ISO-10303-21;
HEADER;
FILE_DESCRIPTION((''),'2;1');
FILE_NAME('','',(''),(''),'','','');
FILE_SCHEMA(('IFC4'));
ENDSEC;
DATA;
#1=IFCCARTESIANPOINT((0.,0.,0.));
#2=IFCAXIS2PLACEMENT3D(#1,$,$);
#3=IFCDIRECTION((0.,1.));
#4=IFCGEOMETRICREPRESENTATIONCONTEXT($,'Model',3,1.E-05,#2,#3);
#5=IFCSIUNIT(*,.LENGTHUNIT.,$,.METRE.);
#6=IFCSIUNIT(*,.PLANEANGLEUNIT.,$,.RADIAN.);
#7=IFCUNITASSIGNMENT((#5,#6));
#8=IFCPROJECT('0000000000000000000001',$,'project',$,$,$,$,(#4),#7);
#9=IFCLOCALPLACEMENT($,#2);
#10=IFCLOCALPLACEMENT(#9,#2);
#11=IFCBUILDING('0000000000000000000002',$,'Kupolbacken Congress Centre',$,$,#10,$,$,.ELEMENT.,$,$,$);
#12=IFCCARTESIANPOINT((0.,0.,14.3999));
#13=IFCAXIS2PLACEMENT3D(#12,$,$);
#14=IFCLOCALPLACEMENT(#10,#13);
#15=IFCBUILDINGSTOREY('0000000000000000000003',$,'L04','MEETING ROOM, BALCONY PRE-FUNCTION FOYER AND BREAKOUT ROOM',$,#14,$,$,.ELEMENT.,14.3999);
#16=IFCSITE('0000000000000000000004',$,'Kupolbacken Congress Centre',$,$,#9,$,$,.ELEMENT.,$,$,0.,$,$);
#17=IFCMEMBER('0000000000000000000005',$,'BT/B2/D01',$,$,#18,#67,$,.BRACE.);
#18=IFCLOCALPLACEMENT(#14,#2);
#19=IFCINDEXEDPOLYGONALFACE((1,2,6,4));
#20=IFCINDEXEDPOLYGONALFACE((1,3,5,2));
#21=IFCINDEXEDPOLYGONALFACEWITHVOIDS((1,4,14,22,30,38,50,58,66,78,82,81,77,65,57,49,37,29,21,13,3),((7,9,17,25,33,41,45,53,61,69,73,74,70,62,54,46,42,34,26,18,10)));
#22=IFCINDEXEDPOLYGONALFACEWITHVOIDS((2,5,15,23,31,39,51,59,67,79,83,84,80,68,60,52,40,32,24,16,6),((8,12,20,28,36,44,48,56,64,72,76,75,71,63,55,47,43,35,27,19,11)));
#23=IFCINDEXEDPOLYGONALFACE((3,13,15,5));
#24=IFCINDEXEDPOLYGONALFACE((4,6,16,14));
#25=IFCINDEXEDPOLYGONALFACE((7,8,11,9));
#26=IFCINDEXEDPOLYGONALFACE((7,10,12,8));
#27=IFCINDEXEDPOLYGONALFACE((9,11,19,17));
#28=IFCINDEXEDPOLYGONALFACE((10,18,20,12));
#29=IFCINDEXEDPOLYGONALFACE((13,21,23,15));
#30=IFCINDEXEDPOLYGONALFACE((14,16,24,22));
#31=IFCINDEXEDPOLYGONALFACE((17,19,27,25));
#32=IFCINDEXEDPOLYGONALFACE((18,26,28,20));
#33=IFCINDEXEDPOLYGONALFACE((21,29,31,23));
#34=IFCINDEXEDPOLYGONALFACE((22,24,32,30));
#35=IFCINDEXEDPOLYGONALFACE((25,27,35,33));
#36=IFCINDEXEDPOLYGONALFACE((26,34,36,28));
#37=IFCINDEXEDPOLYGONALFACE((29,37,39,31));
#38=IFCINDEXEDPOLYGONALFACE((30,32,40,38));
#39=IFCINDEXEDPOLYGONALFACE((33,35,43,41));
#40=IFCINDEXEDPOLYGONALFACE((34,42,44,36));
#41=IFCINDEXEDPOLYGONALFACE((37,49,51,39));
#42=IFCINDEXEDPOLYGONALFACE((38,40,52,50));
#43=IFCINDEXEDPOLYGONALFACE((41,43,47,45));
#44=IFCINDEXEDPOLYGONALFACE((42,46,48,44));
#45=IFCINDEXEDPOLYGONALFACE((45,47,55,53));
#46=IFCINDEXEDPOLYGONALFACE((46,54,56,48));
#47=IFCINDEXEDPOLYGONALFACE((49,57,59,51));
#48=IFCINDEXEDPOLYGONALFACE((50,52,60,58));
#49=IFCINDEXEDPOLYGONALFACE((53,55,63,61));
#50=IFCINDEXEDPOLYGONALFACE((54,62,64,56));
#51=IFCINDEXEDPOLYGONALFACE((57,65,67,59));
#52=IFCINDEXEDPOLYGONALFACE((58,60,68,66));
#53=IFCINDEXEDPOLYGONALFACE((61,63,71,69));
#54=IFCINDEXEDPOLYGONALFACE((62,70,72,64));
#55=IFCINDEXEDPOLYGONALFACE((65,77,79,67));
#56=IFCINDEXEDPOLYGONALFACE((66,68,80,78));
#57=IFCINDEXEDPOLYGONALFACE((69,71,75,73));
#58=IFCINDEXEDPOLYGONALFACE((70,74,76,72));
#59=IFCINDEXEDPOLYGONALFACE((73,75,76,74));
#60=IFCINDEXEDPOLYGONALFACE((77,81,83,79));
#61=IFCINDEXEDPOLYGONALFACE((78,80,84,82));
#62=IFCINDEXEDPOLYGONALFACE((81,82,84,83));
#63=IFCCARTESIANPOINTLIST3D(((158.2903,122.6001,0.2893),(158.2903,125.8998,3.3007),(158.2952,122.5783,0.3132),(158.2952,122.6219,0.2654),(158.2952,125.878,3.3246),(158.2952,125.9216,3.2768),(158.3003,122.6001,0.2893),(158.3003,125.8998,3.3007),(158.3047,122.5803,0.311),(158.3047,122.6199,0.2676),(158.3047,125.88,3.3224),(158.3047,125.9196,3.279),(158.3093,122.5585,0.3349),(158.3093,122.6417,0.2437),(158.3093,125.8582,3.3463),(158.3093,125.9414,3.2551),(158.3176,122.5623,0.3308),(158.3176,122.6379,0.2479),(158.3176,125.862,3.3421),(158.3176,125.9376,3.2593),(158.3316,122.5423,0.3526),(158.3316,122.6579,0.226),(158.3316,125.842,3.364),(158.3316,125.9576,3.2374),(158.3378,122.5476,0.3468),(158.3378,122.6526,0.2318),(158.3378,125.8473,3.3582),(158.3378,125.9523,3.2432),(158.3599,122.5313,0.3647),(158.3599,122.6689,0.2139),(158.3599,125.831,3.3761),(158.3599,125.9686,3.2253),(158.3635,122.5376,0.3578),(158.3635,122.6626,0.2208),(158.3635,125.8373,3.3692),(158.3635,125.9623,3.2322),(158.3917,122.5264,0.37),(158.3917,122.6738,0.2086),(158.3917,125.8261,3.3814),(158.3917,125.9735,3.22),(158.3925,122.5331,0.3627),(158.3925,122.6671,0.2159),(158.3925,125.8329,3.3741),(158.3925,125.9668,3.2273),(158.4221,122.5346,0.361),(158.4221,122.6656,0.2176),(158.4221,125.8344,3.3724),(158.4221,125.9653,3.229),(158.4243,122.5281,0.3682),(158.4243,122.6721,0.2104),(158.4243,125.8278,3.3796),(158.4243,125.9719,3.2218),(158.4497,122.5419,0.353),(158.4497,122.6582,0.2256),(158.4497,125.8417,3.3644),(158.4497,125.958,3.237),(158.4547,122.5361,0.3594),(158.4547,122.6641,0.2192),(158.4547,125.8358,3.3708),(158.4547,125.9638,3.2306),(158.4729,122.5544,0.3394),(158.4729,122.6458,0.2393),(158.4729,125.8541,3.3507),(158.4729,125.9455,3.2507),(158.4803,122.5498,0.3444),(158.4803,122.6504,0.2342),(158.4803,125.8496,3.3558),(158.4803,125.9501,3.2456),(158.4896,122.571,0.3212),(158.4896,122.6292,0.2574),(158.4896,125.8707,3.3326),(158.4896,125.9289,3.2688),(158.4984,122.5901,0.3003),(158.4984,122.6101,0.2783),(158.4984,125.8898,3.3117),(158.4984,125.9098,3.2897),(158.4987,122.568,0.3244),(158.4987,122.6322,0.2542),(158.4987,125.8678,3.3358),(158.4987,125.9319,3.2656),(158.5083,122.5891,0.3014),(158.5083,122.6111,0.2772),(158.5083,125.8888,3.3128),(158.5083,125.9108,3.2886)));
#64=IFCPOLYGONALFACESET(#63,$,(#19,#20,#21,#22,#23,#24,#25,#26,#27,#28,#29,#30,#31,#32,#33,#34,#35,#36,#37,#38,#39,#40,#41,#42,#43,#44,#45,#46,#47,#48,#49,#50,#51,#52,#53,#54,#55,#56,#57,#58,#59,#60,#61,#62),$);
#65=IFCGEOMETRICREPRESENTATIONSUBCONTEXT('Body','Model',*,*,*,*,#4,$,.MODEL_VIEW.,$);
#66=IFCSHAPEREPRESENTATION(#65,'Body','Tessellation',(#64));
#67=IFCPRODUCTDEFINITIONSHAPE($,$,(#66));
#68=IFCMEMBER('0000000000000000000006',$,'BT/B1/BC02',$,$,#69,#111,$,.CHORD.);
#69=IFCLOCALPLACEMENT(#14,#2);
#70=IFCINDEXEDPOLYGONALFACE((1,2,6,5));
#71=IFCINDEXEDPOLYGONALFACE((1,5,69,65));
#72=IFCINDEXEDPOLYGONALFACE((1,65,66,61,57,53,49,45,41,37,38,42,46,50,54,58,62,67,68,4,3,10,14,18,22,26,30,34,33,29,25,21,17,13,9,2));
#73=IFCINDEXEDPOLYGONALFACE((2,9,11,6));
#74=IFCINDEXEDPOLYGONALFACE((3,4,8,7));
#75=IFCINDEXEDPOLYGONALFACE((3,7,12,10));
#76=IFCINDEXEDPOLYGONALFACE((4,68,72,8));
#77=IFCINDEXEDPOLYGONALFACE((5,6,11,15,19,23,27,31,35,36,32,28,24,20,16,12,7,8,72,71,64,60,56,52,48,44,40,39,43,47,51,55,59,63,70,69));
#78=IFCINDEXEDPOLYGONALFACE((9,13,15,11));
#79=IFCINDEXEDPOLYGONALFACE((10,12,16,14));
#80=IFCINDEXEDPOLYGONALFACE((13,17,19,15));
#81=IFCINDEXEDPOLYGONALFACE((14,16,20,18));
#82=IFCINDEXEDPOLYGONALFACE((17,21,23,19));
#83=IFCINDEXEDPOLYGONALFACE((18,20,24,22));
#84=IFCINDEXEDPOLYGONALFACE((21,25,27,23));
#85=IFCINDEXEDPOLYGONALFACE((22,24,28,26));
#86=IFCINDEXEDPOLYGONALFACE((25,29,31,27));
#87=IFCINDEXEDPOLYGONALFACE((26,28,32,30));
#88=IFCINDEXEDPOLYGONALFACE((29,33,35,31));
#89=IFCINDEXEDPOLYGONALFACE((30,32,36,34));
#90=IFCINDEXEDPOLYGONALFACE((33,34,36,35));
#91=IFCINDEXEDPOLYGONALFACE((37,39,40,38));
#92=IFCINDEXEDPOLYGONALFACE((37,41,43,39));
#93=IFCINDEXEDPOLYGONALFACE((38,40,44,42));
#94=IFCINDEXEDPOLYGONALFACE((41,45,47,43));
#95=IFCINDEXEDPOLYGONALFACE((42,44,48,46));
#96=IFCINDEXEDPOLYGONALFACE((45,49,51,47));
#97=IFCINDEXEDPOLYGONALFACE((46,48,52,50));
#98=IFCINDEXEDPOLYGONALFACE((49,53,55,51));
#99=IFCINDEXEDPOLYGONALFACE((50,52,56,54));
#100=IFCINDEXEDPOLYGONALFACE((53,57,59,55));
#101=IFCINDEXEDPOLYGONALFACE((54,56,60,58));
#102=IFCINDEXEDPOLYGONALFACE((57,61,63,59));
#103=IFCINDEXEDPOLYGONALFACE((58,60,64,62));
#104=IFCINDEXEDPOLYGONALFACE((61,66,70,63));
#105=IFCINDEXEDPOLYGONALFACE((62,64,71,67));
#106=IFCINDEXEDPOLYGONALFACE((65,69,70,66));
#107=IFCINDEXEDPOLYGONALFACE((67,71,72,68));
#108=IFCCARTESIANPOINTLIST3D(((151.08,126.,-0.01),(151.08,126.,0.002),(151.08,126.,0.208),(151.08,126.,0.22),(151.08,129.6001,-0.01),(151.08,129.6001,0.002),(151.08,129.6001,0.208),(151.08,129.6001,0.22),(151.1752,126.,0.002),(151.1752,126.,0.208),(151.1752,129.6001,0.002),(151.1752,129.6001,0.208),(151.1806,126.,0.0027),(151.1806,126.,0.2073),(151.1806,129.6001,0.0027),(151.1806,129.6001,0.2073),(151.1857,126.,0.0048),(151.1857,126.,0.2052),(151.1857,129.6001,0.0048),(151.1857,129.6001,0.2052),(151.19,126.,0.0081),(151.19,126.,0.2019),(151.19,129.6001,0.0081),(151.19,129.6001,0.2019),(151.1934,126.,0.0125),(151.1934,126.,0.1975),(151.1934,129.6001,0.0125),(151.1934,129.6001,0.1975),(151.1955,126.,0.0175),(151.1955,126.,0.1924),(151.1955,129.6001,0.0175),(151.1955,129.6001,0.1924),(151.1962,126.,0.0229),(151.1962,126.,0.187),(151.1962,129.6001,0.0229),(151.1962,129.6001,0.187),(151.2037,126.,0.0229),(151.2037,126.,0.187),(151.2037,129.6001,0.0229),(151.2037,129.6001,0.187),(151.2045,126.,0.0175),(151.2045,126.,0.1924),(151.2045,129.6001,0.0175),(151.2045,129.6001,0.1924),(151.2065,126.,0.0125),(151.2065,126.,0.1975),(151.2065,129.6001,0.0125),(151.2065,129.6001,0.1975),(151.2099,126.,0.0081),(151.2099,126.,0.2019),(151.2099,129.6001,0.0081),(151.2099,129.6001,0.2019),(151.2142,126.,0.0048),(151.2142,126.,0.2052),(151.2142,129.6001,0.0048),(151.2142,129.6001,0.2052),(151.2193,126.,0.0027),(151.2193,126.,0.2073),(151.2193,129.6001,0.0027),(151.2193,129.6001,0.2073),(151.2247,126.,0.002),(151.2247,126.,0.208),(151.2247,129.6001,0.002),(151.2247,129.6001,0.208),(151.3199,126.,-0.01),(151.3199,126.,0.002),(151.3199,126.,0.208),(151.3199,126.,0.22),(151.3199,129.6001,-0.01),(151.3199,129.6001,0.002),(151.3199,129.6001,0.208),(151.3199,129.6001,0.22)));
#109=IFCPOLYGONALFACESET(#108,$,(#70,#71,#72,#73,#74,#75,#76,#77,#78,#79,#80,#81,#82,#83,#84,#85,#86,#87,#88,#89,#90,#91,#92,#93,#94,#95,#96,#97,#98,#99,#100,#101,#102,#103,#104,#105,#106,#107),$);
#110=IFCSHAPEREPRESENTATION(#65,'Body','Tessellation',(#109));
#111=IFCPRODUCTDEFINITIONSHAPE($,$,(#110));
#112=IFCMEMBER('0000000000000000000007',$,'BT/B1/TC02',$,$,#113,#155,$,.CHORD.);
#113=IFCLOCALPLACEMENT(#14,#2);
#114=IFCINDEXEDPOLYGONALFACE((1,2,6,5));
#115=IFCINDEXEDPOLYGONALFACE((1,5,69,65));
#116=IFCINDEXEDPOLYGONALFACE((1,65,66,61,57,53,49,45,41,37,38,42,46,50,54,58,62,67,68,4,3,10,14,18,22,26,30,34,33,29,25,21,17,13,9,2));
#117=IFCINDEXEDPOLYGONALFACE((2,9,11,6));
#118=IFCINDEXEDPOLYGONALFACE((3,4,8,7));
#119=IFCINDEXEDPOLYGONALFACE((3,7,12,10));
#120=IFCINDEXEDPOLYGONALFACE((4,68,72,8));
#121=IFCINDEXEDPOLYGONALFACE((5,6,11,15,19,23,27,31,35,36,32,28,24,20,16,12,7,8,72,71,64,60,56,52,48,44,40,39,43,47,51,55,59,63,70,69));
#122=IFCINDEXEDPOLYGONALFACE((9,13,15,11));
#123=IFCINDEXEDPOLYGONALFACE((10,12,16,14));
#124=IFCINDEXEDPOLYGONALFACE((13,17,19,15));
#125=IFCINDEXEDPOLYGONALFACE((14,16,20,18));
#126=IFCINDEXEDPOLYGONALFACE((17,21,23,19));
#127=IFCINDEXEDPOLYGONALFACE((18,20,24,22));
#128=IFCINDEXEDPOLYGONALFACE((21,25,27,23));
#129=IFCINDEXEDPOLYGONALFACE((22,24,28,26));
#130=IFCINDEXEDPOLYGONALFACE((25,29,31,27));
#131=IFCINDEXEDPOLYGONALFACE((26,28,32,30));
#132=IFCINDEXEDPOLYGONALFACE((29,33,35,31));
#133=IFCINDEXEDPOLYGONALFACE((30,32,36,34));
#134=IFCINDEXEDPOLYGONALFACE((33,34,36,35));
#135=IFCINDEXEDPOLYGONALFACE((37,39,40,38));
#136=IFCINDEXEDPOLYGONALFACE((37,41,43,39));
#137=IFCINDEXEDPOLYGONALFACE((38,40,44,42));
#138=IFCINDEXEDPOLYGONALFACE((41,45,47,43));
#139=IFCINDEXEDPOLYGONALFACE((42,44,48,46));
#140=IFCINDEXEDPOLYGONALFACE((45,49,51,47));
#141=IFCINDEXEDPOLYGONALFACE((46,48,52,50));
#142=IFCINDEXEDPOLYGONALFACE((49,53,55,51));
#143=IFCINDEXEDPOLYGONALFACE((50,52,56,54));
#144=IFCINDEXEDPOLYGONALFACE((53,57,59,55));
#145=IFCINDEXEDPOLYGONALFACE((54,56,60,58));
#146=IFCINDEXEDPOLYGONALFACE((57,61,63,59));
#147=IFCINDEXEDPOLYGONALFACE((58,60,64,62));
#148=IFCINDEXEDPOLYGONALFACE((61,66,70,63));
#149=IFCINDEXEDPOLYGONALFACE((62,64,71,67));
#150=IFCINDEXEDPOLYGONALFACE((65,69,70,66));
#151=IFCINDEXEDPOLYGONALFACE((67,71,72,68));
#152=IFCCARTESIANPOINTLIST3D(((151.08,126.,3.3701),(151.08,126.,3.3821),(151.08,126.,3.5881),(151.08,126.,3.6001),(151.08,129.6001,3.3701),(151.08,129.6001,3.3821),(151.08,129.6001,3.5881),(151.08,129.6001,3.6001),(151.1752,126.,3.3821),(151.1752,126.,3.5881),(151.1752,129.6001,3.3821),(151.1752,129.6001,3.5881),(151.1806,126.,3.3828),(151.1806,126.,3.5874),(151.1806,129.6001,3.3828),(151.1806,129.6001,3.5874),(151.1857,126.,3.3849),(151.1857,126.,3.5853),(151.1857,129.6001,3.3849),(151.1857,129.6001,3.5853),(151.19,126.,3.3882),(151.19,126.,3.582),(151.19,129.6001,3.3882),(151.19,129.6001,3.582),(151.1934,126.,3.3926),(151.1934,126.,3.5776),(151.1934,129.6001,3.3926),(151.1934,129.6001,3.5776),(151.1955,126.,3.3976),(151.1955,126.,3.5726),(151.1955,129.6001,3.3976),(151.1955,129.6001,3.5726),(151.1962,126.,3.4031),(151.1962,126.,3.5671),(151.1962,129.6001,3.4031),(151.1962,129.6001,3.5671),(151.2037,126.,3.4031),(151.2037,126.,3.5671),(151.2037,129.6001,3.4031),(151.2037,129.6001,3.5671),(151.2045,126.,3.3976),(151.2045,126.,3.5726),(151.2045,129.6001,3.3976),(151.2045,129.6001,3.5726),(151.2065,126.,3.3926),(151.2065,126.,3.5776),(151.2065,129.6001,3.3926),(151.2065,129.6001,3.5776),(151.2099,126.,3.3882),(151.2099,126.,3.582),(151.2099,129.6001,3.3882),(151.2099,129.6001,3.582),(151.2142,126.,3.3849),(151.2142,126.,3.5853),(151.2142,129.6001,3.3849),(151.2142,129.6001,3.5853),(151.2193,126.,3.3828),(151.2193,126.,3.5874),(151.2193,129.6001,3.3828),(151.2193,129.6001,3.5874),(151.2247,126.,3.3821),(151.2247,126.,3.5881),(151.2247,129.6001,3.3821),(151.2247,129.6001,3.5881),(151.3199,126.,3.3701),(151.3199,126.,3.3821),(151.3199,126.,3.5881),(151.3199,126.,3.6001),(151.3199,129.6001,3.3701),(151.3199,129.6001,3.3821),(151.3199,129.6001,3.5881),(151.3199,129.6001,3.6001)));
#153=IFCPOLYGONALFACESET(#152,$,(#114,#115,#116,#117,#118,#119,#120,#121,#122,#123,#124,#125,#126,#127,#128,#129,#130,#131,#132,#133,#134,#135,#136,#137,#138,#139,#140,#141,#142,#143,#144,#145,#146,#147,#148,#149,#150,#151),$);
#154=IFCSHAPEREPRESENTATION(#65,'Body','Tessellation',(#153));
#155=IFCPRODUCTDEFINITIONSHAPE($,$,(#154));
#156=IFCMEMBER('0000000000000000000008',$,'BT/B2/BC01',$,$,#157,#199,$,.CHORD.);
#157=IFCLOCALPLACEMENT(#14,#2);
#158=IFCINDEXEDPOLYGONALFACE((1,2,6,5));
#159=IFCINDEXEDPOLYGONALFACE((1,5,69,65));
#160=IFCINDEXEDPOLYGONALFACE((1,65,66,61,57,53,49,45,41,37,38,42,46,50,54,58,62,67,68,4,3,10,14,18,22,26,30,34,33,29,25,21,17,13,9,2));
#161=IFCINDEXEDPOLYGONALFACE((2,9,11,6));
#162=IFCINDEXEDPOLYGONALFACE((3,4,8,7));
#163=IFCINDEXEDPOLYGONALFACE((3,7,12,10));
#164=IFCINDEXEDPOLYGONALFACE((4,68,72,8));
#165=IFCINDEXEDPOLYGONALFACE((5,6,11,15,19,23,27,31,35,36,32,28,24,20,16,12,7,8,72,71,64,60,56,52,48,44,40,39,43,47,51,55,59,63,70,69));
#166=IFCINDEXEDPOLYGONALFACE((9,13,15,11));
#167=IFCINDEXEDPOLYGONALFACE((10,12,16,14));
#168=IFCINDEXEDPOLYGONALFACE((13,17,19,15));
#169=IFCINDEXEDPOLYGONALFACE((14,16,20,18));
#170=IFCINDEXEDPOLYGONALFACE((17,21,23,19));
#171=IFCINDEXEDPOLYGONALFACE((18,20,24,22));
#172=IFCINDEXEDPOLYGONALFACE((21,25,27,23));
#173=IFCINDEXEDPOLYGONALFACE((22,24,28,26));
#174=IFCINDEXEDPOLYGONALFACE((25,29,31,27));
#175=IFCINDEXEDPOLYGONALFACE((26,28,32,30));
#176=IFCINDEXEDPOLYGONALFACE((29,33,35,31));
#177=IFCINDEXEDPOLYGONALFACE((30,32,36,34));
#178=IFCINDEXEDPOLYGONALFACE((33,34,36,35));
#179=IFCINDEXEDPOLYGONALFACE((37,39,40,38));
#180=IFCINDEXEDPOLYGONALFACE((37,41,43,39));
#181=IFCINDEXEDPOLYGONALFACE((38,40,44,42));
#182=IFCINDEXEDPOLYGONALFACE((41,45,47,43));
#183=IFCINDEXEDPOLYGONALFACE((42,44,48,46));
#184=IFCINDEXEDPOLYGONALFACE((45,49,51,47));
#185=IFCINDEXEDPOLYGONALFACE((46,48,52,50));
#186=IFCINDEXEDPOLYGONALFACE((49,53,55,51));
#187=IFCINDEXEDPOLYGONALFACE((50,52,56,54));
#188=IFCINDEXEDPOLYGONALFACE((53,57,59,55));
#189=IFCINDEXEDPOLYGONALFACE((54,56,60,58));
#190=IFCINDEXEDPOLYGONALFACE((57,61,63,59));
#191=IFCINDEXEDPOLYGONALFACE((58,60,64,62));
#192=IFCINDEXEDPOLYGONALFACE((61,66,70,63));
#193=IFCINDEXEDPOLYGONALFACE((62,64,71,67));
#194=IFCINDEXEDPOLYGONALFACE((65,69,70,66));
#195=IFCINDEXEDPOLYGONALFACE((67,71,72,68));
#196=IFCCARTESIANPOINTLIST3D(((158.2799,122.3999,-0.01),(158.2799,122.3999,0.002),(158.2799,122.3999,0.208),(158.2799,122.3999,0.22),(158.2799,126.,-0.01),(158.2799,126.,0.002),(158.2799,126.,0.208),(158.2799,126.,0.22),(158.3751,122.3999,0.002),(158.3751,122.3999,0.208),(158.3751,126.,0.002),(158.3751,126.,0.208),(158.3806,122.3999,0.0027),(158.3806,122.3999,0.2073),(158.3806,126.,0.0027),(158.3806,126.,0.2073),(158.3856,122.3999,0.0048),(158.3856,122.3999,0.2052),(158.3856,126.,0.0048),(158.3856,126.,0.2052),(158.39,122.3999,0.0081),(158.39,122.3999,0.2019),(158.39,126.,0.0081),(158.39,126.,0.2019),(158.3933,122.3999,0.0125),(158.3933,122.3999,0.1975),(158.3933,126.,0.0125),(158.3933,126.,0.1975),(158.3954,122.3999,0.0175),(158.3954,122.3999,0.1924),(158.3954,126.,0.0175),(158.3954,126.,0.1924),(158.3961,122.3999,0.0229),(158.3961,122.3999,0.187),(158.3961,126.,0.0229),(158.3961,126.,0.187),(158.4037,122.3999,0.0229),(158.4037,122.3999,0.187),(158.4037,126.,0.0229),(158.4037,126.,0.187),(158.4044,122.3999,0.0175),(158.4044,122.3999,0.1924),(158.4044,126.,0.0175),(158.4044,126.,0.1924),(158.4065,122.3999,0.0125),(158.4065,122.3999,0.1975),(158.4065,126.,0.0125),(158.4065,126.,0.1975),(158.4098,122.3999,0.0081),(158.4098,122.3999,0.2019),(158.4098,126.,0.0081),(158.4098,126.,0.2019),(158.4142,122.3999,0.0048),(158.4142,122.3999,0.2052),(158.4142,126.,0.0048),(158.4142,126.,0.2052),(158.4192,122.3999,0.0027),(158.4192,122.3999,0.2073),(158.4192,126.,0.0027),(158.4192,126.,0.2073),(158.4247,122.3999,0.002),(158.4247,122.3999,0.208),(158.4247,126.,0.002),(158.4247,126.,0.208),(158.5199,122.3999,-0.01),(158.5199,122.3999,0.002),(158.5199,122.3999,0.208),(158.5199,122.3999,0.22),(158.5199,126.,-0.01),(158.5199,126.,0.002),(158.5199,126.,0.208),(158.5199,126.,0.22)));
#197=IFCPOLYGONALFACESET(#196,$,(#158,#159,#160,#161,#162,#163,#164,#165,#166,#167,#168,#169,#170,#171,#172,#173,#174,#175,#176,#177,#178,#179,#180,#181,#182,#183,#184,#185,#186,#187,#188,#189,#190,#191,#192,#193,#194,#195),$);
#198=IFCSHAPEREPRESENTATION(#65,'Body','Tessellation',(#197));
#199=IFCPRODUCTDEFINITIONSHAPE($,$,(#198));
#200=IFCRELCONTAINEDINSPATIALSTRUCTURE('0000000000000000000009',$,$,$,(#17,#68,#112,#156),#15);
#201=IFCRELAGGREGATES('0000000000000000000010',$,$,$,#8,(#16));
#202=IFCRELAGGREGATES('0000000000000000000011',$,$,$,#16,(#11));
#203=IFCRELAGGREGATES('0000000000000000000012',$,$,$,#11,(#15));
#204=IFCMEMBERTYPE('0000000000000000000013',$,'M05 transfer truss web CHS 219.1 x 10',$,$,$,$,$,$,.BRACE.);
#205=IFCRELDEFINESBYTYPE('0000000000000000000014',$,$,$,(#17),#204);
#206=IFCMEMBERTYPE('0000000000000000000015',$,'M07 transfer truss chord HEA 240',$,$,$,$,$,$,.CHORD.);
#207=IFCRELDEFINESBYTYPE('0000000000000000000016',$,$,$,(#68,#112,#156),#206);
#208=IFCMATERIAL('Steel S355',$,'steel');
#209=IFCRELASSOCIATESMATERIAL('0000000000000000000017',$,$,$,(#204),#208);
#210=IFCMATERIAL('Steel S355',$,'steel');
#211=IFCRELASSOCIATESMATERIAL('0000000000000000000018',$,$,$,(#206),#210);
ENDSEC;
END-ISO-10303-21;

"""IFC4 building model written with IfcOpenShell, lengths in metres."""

from ifc_helpers import new_model, si_unit, direction, frame, origin, origin_2d, place, context, subcontext, project, spatial, hollow_circle, i_section, extrude, material, material_profile, profile_set, type_object, element, save


model = new_model("IFC4")

# Units and contexts
model_context = context("Model", 3, precision=1e-05, world=origin(), true_north=direction((0.0, 1.0)))
body_context = subcontext(model_context, "Body", "Model", "MODEL_VIEW")
ifc_project = project(units=[si_unit("LENGTHUNIT", "METRE"), si_unit("PLANEANGLEUNIT", "RADIAN")], contexts=[model_context])

# Site, building, storey
site_placement = place(None, origin())
site = spatial("IfcSite", under=ifc_project, at=site_placement, Name="Kupolbacken Congress Centre", CompositionType="ELEMENT", RefElevation=0.0)
building_placement = place(site_placement, origin())
building = spatial("IfcBuilding", under=site, at=building_placement, Name="Kupolbacken Congress Centre", CompositionType="ELEMENT")
storey_placement = place(building_placement, frame((0.0, 0.0, 14.3999)))
storey = spatial("IfcBuildingStorey", under=building, at=storey_placement, Name="L04", Description="MEETING ROOM, BALCONY PRE-FUNCTION FOYER AND BREAKOUT ROOM", CompositionType="ELEMENT", Elevation=14.3999)

# Members
ifc_material_1 = material(Name="Steel S355", Category="steel")
ifc_material_profile_1 = material_profile(ifc_material_1, hollow_circle(Radius=0.1096, WallThickness=0.01, at=origin_2d()), Name="CHS 219.1 x 10")
ifc_profile_set_1 = profile_set([ifc_material_profile_1], Name="Steel S355")
member_type_1 = type_object("IfcMemberType", Name="M05 transfer truss web CHS 219.1 x 10", PredefinedType="BRACE", material=ifc_profile_set_1)
member_1_placement = place(storey_placement, frame((158.3999, 122.6001, 0.2893), z_axis=(0.0, 0.73864, 0.6741), x_axis=(-1.0, 0.0, 0.0)))
element("IfcMember", 1, at=member_1_placement, inside=storey, type_object=member_type_1, Name="BT/B2/D01", PredefinedType="BRACE", context=body_context, shape_type="SweptSolid", body=[
    extrude(hollow_circle(Radius=0.1096, WallThickness=0.01, at=origin_2d()), origin(), (0.0, 0.0, 1.0), 4.4673),
])
ifc_material_2 = material(Name="Steel S355", Category="steel")
ifc_material_profile_2 = material_profile(ifc_material_2, i_section(OverallWidth=0.24, OverallDepth=0.23, WebThickness=0.0076, FlangeThickness=0.012, FilletRadius=0.021, at=origin_2d()), Name="HEA 240")
ifc_profile_set_2 = profile_set([ifc_material_profile_2], Name="Steel S355")
member_type_2 = type_object("IfcMemberType", Name="M07 transfer truss chord HEA 240", PredefinedType="CHORD", material=ifc_profile_set_2)
for number, where, z_axis, x_axis, name in (
    (2, (151.2, 126.0, 0.105), (0.0, 1.0, 0.0), (-1.0, 0.0, 0.0), "BT/B1/BC02"),
    (3, (151.2, 126.0, 3.4851), (0.0, 1.0, 0.0), (-1.0, 0.0, 0.0), "BT/B1/TC02"),
    (4, (158.3999, 122.3999, 0.105), (0.0, 1.0, 0.0), (-1.0, 0.0, 0.0), "BT/B2/BC01"),
):
    element("IfcMember", number, at=place(storey_placement, frame(where, z_axis=z_axis, x_axis=x_axis)), inside=storey, type_object=member_type_2, Name=name, PredefinedType="CHORD", context=body_context, shape_type="SweptSolid", body=[
        extrude(i_section(OverallWidth=0.24, OverallDepth=0.23, WebThickness=0.0076, FlangeThickness=0.012, FilletRadius=0.021, at=origin_2d()), origin(), (0.0, 0.0, 1.0), 3.6001),
    ])

save(model, "model.ifc")
